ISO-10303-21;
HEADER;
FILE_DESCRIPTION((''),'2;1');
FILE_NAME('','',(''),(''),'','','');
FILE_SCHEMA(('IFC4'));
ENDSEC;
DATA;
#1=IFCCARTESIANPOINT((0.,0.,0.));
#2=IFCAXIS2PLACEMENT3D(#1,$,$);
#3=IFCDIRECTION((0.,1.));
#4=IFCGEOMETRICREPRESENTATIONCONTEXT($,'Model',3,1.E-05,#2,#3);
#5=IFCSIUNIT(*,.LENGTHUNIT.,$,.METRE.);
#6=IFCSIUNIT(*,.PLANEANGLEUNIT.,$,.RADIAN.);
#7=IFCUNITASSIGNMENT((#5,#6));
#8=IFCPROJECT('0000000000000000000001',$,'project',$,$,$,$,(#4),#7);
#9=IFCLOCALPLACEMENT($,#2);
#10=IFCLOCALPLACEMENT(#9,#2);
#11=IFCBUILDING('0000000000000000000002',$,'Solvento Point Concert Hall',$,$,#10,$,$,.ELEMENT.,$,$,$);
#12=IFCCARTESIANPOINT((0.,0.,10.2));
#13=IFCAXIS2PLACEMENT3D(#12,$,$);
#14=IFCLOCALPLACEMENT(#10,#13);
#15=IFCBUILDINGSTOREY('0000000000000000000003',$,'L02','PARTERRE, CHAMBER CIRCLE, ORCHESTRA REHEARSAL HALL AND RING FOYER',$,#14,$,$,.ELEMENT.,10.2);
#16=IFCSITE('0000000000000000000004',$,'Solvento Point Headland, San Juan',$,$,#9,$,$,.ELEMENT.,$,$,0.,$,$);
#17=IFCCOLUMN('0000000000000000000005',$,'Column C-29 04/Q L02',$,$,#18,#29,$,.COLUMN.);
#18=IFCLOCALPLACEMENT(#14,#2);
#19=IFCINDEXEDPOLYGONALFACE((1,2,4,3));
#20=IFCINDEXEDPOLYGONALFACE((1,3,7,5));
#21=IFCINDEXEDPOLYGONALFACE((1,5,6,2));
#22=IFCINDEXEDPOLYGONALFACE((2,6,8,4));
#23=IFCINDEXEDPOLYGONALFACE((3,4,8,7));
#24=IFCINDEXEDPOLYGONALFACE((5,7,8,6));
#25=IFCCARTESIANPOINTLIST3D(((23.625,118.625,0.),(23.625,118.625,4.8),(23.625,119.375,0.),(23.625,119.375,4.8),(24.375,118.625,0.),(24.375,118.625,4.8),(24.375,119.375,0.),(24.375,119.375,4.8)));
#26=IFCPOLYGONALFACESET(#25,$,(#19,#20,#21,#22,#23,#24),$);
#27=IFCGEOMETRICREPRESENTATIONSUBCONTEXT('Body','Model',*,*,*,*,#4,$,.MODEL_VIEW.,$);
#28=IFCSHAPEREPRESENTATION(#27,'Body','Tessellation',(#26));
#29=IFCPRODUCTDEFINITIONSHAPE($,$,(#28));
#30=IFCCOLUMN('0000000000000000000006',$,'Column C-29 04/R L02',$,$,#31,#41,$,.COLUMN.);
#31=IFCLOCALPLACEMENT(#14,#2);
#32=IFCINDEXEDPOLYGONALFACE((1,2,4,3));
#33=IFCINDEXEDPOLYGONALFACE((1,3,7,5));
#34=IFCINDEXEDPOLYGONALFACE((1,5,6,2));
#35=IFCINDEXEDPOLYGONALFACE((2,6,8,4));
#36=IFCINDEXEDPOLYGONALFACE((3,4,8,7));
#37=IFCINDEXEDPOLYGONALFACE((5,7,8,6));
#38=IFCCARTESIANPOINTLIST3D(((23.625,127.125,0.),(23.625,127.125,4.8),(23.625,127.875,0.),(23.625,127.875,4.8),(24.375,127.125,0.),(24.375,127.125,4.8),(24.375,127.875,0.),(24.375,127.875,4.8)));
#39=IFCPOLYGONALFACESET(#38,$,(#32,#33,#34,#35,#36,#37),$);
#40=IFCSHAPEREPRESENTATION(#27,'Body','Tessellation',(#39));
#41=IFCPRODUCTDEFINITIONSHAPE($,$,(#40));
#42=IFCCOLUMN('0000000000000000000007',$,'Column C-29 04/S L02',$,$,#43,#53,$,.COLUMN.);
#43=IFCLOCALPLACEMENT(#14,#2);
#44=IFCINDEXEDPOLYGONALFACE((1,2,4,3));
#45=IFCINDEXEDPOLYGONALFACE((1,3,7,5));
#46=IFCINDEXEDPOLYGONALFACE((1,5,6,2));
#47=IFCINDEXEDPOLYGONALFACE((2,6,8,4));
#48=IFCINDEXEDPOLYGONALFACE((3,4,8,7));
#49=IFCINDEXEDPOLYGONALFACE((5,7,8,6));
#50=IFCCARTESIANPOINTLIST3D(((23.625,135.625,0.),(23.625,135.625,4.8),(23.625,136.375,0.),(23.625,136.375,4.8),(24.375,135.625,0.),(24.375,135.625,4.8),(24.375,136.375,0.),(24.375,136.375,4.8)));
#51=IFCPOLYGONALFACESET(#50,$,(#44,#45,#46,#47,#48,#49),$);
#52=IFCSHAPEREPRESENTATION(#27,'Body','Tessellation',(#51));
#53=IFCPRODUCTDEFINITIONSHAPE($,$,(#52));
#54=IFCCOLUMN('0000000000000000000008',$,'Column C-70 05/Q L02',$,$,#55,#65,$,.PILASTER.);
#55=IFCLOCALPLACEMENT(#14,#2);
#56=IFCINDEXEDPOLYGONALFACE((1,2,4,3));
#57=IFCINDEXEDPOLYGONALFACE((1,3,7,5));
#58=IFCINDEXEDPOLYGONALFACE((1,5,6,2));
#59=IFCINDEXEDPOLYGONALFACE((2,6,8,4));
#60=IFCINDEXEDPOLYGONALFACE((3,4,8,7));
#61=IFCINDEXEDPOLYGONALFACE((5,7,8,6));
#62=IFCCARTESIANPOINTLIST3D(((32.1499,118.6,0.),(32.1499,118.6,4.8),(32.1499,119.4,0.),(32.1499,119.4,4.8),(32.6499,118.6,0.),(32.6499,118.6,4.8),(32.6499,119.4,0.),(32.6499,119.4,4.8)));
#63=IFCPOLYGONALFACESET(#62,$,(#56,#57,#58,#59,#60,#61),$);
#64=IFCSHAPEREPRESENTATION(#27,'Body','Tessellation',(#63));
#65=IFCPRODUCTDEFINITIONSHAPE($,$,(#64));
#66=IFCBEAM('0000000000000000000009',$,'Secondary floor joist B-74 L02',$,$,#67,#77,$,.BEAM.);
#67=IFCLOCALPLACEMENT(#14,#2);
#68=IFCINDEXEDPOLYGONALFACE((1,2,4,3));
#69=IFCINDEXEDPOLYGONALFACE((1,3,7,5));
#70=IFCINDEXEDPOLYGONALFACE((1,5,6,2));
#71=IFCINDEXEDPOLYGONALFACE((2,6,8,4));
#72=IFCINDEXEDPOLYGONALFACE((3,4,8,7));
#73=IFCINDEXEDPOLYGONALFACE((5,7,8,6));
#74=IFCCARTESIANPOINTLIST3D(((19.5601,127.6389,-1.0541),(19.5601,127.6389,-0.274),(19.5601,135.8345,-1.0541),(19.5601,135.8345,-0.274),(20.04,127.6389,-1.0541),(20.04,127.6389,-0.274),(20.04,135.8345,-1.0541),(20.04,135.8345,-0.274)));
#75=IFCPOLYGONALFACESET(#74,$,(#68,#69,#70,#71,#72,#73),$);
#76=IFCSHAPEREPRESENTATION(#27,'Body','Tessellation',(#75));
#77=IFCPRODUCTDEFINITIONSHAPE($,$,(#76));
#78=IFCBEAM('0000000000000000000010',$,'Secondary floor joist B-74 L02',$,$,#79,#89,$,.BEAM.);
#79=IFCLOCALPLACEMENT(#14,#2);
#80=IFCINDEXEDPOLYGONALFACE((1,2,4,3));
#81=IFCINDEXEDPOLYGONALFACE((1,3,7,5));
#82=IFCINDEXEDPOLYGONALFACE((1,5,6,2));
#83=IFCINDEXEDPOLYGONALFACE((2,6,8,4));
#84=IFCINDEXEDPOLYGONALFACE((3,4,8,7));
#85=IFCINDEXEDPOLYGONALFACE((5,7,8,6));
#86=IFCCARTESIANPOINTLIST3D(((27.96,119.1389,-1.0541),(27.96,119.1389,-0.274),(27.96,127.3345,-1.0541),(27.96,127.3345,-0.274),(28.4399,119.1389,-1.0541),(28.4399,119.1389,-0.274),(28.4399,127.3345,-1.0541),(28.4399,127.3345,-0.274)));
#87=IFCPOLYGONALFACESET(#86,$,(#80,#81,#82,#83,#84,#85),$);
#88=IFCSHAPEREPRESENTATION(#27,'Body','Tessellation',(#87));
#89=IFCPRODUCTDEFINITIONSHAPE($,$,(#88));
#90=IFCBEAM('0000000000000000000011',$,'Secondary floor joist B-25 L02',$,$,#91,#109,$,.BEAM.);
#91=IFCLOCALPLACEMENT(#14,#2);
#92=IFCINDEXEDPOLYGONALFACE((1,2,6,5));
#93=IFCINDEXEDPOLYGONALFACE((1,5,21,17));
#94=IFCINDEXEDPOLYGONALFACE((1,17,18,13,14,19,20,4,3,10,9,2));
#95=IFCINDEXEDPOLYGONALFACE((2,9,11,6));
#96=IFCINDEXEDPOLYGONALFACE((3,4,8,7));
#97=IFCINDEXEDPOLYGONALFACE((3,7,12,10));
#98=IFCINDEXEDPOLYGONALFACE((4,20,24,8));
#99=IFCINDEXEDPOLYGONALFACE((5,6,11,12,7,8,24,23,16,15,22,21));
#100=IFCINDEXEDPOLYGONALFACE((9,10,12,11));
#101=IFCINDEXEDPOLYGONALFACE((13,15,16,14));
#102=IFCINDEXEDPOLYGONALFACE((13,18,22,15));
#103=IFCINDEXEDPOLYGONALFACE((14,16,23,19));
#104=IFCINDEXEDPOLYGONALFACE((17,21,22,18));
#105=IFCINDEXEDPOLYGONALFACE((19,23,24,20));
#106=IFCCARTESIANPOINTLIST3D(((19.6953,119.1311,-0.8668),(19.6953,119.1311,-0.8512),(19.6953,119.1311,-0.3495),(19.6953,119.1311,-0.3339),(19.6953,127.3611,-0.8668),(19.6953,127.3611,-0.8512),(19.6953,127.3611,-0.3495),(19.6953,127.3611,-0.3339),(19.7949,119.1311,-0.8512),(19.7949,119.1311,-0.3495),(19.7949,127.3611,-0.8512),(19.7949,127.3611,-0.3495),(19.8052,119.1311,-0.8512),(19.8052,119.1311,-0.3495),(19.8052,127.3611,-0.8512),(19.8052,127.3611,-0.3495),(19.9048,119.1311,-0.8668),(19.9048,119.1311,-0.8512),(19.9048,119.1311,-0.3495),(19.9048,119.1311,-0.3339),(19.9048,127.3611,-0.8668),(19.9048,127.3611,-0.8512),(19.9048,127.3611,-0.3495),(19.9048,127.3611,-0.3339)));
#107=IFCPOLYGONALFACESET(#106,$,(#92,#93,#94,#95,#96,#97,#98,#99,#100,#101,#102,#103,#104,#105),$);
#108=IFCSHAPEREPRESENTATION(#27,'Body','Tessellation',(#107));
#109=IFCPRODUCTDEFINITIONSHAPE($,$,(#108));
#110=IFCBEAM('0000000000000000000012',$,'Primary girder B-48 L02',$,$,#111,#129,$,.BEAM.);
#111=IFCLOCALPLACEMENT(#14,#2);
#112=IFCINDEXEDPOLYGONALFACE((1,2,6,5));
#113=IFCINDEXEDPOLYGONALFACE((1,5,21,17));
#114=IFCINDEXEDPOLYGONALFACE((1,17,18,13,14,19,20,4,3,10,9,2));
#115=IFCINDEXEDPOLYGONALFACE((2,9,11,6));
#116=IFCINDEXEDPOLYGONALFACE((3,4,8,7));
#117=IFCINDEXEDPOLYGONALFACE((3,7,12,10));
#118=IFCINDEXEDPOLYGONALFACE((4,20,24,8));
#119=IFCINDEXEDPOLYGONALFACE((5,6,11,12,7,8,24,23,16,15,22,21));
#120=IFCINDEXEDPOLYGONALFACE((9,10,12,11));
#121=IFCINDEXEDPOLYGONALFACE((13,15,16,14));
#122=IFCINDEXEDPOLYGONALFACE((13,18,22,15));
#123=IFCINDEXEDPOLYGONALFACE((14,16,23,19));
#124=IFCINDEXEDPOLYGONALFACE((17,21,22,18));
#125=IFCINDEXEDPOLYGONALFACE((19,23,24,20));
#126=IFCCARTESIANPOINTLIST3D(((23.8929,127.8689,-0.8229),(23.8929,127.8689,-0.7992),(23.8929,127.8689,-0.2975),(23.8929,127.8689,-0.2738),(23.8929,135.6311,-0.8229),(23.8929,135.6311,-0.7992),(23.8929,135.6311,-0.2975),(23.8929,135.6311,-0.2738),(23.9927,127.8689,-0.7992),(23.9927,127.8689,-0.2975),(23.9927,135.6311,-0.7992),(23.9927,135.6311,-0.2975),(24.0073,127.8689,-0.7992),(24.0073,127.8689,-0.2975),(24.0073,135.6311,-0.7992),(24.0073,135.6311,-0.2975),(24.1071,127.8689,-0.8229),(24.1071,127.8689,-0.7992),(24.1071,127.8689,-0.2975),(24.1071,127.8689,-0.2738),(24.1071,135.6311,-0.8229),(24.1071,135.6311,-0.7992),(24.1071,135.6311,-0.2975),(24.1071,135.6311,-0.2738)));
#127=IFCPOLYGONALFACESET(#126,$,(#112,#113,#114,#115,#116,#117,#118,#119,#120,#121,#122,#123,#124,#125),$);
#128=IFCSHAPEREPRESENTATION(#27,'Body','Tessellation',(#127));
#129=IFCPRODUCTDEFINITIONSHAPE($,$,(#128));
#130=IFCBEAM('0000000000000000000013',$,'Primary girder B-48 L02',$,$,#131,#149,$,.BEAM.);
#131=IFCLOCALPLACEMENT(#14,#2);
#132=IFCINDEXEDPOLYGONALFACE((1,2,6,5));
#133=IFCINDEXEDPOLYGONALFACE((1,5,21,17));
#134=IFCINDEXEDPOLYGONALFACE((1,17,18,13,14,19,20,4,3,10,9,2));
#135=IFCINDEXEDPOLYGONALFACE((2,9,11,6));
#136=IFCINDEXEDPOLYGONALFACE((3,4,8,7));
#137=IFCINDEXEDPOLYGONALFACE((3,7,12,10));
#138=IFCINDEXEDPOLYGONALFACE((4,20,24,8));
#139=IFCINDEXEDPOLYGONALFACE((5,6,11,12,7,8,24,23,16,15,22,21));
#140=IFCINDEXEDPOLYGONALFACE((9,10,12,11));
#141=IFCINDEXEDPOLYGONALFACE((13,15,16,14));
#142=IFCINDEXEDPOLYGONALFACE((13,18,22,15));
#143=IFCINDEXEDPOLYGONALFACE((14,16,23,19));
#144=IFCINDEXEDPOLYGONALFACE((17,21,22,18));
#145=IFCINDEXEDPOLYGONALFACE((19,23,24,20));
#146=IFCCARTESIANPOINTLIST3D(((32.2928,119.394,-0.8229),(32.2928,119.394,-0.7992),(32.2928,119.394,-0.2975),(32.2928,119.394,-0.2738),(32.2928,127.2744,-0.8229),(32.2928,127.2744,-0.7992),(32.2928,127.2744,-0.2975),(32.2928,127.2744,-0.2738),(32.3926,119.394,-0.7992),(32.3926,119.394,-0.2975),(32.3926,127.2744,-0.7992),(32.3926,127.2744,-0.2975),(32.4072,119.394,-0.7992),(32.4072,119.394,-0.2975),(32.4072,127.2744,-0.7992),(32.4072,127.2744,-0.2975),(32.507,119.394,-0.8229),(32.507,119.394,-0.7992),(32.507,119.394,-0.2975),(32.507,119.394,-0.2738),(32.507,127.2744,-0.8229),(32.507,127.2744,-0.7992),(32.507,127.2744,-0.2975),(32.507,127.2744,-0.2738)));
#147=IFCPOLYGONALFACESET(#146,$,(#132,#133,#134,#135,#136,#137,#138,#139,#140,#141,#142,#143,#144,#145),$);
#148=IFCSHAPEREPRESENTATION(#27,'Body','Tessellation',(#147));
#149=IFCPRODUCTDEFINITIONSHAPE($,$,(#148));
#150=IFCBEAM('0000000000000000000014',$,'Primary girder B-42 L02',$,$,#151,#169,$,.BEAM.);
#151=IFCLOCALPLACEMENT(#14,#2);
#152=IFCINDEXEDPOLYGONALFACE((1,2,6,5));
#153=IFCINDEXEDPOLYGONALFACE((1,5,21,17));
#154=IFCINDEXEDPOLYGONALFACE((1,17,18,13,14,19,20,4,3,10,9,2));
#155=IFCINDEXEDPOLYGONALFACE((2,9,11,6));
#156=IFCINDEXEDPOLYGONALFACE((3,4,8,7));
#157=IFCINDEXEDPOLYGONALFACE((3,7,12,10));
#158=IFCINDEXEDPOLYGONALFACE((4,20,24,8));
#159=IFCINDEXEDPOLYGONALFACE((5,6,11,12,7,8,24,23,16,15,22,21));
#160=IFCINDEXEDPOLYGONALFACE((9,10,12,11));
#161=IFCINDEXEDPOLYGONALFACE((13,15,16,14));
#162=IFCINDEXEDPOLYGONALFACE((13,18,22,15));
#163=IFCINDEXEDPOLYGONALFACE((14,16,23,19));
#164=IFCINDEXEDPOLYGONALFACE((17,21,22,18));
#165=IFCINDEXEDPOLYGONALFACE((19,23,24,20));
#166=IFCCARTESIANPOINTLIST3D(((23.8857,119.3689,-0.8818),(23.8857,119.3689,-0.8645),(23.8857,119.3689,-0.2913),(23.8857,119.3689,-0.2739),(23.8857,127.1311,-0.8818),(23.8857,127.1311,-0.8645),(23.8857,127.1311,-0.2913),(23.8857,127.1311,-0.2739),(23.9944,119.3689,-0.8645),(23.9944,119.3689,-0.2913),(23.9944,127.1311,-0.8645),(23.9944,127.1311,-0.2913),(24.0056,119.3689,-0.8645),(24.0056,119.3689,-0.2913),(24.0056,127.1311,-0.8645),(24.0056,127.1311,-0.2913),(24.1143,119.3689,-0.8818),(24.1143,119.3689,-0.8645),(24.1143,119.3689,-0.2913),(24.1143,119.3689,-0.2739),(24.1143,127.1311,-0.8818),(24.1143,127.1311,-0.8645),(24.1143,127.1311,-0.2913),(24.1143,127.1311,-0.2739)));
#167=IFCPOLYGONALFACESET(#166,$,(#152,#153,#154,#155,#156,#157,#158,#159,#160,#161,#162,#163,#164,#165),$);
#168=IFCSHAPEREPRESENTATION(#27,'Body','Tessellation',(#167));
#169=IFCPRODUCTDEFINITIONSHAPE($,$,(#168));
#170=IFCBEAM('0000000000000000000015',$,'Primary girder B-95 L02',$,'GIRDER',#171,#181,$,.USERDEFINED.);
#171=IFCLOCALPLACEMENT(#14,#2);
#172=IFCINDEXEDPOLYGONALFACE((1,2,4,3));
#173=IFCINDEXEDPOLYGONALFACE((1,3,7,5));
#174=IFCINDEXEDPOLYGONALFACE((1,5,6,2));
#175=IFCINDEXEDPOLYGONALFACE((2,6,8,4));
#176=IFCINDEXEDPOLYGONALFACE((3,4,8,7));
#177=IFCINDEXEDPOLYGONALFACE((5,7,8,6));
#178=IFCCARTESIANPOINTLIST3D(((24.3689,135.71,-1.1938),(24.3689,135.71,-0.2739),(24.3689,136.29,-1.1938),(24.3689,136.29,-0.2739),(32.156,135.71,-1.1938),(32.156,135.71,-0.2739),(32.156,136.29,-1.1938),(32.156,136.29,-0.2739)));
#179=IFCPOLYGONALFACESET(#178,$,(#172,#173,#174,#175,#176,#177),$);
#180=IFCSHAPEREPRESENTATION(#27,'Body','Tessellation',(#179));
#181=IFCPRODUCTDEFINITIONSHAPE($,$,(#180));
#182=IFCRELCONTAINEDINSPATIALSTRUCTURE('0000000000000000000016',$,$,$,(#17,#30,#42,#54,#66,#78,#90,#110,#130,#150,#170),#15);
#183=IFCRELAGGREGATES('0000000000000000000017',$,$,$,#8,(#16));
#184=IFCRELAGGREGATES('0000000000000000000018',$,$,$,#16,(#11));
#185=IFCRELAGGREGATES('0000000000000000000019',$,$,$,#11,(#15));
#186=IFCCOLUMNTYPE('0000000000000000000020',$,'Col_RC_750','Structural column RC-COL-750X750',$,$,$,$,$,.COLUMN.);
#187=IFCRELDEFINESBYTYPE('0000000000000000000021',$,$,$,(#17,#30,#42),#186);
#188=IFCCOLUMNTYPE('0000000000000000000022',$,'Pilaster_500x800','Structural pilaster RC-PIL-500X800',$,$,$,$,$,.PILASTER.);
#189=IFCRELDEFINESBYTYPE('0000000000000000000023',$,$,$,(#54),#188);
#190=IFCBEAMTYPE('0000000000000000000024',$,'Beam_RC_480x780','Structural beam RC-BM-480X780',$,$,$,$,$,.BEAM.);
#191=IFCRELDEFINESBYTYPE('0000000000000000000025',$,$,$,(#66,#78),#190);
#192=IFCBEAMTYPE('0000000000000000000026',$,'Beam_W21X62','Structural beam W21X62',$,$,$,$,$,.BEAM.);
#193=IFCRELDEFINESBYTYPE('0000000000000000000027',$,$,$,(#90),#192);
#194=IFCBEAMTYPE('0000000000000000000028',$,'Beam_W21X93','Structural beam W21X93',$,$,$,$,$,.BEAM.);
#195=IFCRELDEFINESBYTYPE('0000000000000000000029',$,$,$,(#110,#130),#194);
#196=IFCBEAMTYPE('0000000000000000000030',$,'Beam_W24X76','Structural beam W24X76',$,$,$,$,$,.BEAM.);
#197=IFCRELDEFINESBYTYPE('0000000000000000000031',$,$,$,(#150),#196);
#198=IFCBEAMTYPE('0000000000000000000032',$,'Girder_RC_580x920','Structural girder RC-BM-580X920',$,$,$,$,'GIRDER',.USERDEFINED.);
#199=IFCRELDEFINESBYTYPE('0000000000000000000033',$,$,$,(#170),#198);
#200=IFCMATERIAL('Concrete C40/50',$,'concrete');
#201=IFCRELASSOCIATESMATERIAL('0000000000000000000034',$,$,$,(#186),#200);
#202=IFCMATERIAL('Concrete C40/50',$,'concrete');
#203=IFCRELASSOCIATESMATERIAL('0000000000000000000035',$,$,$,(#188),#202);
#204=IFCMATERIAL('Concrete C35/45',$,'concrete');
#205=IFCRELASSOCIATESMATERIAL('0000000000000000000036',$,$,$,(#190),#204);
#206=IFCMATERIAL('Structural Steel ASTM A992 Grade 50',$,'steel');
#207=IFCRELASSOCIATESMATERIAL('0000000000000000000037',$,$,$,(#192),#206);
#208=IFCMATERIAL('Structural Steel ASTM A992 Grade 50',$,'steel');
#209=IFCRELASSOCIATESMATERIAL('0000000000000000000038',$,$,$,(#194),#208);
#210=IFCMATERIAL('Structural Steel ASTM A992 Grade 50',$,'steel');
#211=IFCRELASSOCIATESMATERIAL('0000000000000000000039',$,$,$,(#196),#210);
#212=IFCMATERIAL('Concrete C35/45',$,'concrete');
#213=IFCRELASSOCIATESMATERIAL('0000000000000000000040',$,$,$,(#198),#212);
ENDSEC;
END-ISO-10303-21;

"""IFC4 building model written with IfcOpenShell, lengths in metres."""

from ifc_helpers import new_model, si_unit, direction, frame, origin, origin_2d, place, context, subcontext, project, spatial, rectangle, i_section, extrude, material, material_profile, profile_set, type_object, element, save


model = new_model("IFC4")

# Units and contexts
model_context = context("Model", 3, precision=1e-05, world=origin(), true_north=direction((0.0, 1.0)))
body_context = subcontext(model_context, "Body", "Model", "MODEL_VIEW")
ifc_project = project(units=[si_unit("LENGTHUNIT", "METRE"), si_unit("PLANEANGLEUNIT", "RADIAN")], contexts=[model_context])

# Site, building, storey
site_placement = place(None, origin())
site = spatial("IfcSite", under=ifc_project, at=site_placement, Name="Solvento Point Headland, San Juan", CompositionType="ELEMENT", RefElevation=0.0)
building_placement = place(site_placement, origin())
building = spatial("IfcBuilding", under=site, at=building_placement, Name="Solvento Point Concert Hall", CompositionType="ELEMENT")
storey_placement = place(building_placement, frame((0.0, 0.0, 10.2)))
storey = spatial("IfcBuildingStorey", under=building, at=storey_placement, Name="L02", Description="PARTERRE, CHAMBER CIRCLE, ORCHESTRA REHEARSAL HALL AND RING FOYER", CompositionType="ELEMENT", Elevation=10.2)

# Columns
ifc_material_1 = material(Name="Concrete C40/50", Category="concrete")
ifc_material_profile_1 = material_profile(ifc_material_1, rectangle(XDim=0.75, YDim=0.75, at=origin_2d()), Name="RC-COL-750X750")
ifc_profile_set_1 = profile_set([ifc_material_profile_1], Name="Concrete C40/50")
column_type_1 = type_object("IfcColumnType", Name="Col_RC_750", Description="Structural column RC-COL-750X750", PredefinedType="COLUMN", material=ifc_profile_set_1)
for number, where, z_axis, x_axis, name in (
    (1, (24.0, 119.0, 0.0), (0.0, 0.0, 1.0), (1.0, 0.0, 0.0), "Column C-29 04/Q L02"),
    (2, (24.0, 127.5, 0.0), (0.0, 0.0, 1.0), (1.0, 0.0, 0.0), "Column C-29 04/R L02"),
    (3, (24.0, 136.0, 0.0), (0.0, 0.0, 1.0), (1.0, 0.0, 0.0), "Column C-29 04/S L02"),
):
    element("IfcColumn", number, at=place(storey_placement, frame(where, z_axis=z_axis, x_axis=x_axis)), inside=storey, type_object=column_type_1, Name=name, PredefinedType="COLUMN", context=body_context, shape_type="SweptSolid", body=[
        extrude(rectangle(XDim=0.75, YDim=0.75, at=origin_2d()), origin(), (0.0, 0.0, 1.0), 4.8),
    ])
ifc_material_2 = material(Name="Concrete C40/50", Category="concrete")
ifc_material_profile_2 = material_profile(ifc_material_2, rectangle(XDim=0.5, YDim=0.8, at=origin_2d()), Name="RC-PIL-500X800")
ifc_profile_set_2 = profile_set([ifc_material_profile_2], Name="Concrete C40/50")
column_type_2 = type_object("IfcColumnType", Name="Pilaster_500x800", Description="Structural pilaster RC-PIL-500X800", PredefinedType="PILASTER", material=ifc_profile_set_2)
column_placement = place(storey_placement, frame((32.3999, 119.0, 0.0), z_axis=(0.0, 0.0, 1.0), x_axis=(1.0, 0.0, 0.0)))
element("IfcColumn", 4, at=column_placement, inside=storey, type_object=column_type_2, Name="Column C-70 05/Q L02", PredefinedType="PILASTER", context=body_context, shape_type="SweptSolid", body=[
    extrude(rectangle(XDim=0.5, YDim=0.8, at=origin_2d()), origin(), (0.0, 0.0, 1.0), 4.8),
])

# Beams
ifc_material_3 = material(Name="Concrete C35/45", Category="concrete")
ifc_material_profile_3 = material_profile(ifc_material_3, rectangle(XDim=0.48, YDim=0.78, at=origin_2d()), Name="RC-BM-480X780")
ifc_profile_set_3 = profile_set([ifc_material_profile_3], Name="Concrete C35/45")
beam_type_1 = type_object("IfcBeamType", Name="Beam_RC_480x780", Description="Structural beam RC-BM-480X780", PredefinedType="BEAM", material=ifc_profile_set_3)
for number, where, z_axis, x_axis, name in (
    (5, (19.8, 127.6389, -0.6641), (0.0, 1.0, 0.0), (-1.0, 0.0, 0.0), "Secondary floor joist B-74 L02"),
    (6, (28.2, 119.1389, -0.6641), (0.0, 1.0, 0.0), (-1.0, 0.0, 0.0), "Secondary floor joist B-74 L02"),
):
    element("IfcBeam", number, at=place(storey_placement, frame(where, z_axis=z_axis, x_axis=x_axis)), inside=storey, type_object=beam_type_1, Name=name, PredefinedType="BEAM", context=body_context, shape_type="SweptSolid", body=[
        extrude(rectangle(XDim=0.48, YDim=0.78, at=origin_2d()), origin(), (0.0, 0.0, 1.0), 8.1956),
    ])
ifc_material_4 = material(Name="Structural Steel ASTM A992 Grade 50", Category="steel")
ifc_material_profile_4 = material_profile(ifc_material_4, i_section(OverallWidth=0.2095, OverallDepth=0.533, WebThickness=0.0103, FlangeThickness=0.0156, at=origin_2d()), Name="W21X62")
ifc_profile_set_4 = profile_set([ifc_material_profile_4], Name="Structural Steel ASTM A992 Grade 50")
beam_type_2 = type_object("IfcBeamType", Name="Beam_W21X62", Description="Structural beam W21X62", PredefinedType="BEAM", material=ifc_profile_set_4)
beam_1_placement = place(storey_placement, frame((19.8, 119.1311, -0.6003), z_axis=(0.0, 1.0, 0.0), x_axis=(-1.0, 0.0, 0.0)))
element("IfcBeam", 7, at=beam_1_placement, inside=storey, type_object=beam_type_2, Name="Secondary floor joist B-25 L02", PredefinedType="BEAM", context=body_context, shape_type="SweptSolid", body=[
    extrude(i_section(OverallWidth=0.2095, OverallDepth=0.533, WebThickness=0.0103, FlangeThickness=0.0156, at=origin_2d()), origin(), (0.0, 0.0, 1.0), 8.23),
])
ifc_material_5 = material(Name="Structural Steel ASTM A992 Grade 50", Category="steel")
ifc_material_profile_5 = material_profile(ifc_material_5, i_section(OverallWidth=0.2141, OverallDepth=0.5491, WebThickness=0.0146, FlangeThickness=0.0237, at=origin_2d()), Name="W21X93")
ifc_profile_set_5 = profile_set([ifc_material_profile_5], Name="Structural Steel ASTM A992 Grade 50")
beam_type_3 = type_object("IfcBeamType", Name="Beam_W21X93", Description="Structural beam W21X93", PredefinedType="BEAM", material=ifc_profile_set_5)
beam_2_placement = place(storey_placement, frame((24.0, 127.8689, -0.5483), z_axis=(0.0, 1.0, 0.0), x_axis=(-1.0, 0.0, 0.0)))
element("IfcBeam", 8, at=beam_2_placement, inside=storey, type_object=beam_type_3, Name="Primary girder B-48 L02", PredefinedType="BEAM", context=body_context, shape_type="SweptSolid", body=[
    extrude(i_section(OverallWidth=0.2141, OverallDepth=0.5491, WebThickness=0.0146, FlangeThickness=0.0237, at=origin_2d()), origin(), (0.0, 0.0, 1.0), 7.7622),
])
beam_3_placement = place(storey_placement, frame((32.3999, 119.394, -0.5483), z_axis=(0.0, 1.0, 0.0), x_axis=(-1.0, 0.0, 0.0)))
element("IfcBeam", 9, at=beam_3_placement, inside=storey, type_object=beam_type_3, Name="Primary girder B-48 L02", PredefinedType="BEAM", context=body_context, shape_type="SweptSolid", body=[
    extrude(i_section(OverallWidth=0.2141, OverallDepth=0.5491, WebThickness=0.0146, FlangeThickness=0.0237, at=origin_2d()), origin(), (0.0, 0.0, 1.0), 7.8804),
])
ifc_material_6 = material(Name="Structural Steel ASTM A992 Grade 50", Category="steel")
ifc_material_profile_6 = material_profile(ifc_material_6, i_section(OverallWidth=0.2285, OverallDepth=0.6079, WebThickness=0.0112, FlangeThickness=0.0173, at=origin_2d()), Name="W24X76")
ifc_profile_set_6 = profile_set([ifc_material_profile_6], Name="Structural Steel ASTM A992 Grade 50")
beam_type_4 = type_object("IfcBeamType", Name="Beam_W24X76", Description="Structural beam W24X76", PredefinedType="BEAM", material=ifc_profile_set_6)
beam_4_placement = place(storey_placement, frame((24.0, 119.3689, -0.5779), z_axis=(0.0, 1.0, 0.0), x_axis=(-1.0, 0.0, 0.0)))
element("IfcBeam", 10, at=beam_4_placement, inside=storey, type_object=beam_type_4, Name="Primary girder B-42 L02", PredefinedType="BEAM", context=body_context, shape_type="SweptSolid", body=[
    extrude(i_section(OverallWidth=0.2285, OverallDepth=0.6079, WebThickness=0.0112, FlangeThickness=0.0173, at=origin_2d()), origin(), (0.0, 0.0, 1.0), 7.7622),
])
ifc_material_7 = material(Name="Concrete C35/45", Category="concrete")
ifc_material_profile_7 = material_profile(ifc_material_7, rectangle(XDim=0.5801, YDim=0.9199, at=origin_2d()), Name="RC-BM-580X920")
ifc_profile_set_7 = profile_set([ifc_material_profile_7], Name="Concrete C35/45")
beam_type_5 = type_object("IfcBeamType", Name="Girder_RC_580x920", Description="Structural girder RC-BM-580X920", ElementType="GIRDER", PredefinedType="USERDEFINED", material=ifc_profile_set_7)
beam_5_placement = place(storey_placement, frame((24.3689, 136.0, -0.7339), z_axis=(1.0, 0.0, 0.0), x_axis=(0.0, 1.0, 0.0)))
element("IfcBeam", 11, at=beam_5_placement, inside=storey, type_object=beam_type_5, Name="Primary girder B-95 L02", ObjectType="GIRDER", PredefinedType="USERDEFINED", context=body_context, shape_type="SweptSolid", body=[
    extrude(rectangle(XDim=0.5801, YDim=0.9199, at=origin_2d()), origin(), (0.0, 0.0, 1.0), 7.7871),
])

save(model, "model.ifc")
